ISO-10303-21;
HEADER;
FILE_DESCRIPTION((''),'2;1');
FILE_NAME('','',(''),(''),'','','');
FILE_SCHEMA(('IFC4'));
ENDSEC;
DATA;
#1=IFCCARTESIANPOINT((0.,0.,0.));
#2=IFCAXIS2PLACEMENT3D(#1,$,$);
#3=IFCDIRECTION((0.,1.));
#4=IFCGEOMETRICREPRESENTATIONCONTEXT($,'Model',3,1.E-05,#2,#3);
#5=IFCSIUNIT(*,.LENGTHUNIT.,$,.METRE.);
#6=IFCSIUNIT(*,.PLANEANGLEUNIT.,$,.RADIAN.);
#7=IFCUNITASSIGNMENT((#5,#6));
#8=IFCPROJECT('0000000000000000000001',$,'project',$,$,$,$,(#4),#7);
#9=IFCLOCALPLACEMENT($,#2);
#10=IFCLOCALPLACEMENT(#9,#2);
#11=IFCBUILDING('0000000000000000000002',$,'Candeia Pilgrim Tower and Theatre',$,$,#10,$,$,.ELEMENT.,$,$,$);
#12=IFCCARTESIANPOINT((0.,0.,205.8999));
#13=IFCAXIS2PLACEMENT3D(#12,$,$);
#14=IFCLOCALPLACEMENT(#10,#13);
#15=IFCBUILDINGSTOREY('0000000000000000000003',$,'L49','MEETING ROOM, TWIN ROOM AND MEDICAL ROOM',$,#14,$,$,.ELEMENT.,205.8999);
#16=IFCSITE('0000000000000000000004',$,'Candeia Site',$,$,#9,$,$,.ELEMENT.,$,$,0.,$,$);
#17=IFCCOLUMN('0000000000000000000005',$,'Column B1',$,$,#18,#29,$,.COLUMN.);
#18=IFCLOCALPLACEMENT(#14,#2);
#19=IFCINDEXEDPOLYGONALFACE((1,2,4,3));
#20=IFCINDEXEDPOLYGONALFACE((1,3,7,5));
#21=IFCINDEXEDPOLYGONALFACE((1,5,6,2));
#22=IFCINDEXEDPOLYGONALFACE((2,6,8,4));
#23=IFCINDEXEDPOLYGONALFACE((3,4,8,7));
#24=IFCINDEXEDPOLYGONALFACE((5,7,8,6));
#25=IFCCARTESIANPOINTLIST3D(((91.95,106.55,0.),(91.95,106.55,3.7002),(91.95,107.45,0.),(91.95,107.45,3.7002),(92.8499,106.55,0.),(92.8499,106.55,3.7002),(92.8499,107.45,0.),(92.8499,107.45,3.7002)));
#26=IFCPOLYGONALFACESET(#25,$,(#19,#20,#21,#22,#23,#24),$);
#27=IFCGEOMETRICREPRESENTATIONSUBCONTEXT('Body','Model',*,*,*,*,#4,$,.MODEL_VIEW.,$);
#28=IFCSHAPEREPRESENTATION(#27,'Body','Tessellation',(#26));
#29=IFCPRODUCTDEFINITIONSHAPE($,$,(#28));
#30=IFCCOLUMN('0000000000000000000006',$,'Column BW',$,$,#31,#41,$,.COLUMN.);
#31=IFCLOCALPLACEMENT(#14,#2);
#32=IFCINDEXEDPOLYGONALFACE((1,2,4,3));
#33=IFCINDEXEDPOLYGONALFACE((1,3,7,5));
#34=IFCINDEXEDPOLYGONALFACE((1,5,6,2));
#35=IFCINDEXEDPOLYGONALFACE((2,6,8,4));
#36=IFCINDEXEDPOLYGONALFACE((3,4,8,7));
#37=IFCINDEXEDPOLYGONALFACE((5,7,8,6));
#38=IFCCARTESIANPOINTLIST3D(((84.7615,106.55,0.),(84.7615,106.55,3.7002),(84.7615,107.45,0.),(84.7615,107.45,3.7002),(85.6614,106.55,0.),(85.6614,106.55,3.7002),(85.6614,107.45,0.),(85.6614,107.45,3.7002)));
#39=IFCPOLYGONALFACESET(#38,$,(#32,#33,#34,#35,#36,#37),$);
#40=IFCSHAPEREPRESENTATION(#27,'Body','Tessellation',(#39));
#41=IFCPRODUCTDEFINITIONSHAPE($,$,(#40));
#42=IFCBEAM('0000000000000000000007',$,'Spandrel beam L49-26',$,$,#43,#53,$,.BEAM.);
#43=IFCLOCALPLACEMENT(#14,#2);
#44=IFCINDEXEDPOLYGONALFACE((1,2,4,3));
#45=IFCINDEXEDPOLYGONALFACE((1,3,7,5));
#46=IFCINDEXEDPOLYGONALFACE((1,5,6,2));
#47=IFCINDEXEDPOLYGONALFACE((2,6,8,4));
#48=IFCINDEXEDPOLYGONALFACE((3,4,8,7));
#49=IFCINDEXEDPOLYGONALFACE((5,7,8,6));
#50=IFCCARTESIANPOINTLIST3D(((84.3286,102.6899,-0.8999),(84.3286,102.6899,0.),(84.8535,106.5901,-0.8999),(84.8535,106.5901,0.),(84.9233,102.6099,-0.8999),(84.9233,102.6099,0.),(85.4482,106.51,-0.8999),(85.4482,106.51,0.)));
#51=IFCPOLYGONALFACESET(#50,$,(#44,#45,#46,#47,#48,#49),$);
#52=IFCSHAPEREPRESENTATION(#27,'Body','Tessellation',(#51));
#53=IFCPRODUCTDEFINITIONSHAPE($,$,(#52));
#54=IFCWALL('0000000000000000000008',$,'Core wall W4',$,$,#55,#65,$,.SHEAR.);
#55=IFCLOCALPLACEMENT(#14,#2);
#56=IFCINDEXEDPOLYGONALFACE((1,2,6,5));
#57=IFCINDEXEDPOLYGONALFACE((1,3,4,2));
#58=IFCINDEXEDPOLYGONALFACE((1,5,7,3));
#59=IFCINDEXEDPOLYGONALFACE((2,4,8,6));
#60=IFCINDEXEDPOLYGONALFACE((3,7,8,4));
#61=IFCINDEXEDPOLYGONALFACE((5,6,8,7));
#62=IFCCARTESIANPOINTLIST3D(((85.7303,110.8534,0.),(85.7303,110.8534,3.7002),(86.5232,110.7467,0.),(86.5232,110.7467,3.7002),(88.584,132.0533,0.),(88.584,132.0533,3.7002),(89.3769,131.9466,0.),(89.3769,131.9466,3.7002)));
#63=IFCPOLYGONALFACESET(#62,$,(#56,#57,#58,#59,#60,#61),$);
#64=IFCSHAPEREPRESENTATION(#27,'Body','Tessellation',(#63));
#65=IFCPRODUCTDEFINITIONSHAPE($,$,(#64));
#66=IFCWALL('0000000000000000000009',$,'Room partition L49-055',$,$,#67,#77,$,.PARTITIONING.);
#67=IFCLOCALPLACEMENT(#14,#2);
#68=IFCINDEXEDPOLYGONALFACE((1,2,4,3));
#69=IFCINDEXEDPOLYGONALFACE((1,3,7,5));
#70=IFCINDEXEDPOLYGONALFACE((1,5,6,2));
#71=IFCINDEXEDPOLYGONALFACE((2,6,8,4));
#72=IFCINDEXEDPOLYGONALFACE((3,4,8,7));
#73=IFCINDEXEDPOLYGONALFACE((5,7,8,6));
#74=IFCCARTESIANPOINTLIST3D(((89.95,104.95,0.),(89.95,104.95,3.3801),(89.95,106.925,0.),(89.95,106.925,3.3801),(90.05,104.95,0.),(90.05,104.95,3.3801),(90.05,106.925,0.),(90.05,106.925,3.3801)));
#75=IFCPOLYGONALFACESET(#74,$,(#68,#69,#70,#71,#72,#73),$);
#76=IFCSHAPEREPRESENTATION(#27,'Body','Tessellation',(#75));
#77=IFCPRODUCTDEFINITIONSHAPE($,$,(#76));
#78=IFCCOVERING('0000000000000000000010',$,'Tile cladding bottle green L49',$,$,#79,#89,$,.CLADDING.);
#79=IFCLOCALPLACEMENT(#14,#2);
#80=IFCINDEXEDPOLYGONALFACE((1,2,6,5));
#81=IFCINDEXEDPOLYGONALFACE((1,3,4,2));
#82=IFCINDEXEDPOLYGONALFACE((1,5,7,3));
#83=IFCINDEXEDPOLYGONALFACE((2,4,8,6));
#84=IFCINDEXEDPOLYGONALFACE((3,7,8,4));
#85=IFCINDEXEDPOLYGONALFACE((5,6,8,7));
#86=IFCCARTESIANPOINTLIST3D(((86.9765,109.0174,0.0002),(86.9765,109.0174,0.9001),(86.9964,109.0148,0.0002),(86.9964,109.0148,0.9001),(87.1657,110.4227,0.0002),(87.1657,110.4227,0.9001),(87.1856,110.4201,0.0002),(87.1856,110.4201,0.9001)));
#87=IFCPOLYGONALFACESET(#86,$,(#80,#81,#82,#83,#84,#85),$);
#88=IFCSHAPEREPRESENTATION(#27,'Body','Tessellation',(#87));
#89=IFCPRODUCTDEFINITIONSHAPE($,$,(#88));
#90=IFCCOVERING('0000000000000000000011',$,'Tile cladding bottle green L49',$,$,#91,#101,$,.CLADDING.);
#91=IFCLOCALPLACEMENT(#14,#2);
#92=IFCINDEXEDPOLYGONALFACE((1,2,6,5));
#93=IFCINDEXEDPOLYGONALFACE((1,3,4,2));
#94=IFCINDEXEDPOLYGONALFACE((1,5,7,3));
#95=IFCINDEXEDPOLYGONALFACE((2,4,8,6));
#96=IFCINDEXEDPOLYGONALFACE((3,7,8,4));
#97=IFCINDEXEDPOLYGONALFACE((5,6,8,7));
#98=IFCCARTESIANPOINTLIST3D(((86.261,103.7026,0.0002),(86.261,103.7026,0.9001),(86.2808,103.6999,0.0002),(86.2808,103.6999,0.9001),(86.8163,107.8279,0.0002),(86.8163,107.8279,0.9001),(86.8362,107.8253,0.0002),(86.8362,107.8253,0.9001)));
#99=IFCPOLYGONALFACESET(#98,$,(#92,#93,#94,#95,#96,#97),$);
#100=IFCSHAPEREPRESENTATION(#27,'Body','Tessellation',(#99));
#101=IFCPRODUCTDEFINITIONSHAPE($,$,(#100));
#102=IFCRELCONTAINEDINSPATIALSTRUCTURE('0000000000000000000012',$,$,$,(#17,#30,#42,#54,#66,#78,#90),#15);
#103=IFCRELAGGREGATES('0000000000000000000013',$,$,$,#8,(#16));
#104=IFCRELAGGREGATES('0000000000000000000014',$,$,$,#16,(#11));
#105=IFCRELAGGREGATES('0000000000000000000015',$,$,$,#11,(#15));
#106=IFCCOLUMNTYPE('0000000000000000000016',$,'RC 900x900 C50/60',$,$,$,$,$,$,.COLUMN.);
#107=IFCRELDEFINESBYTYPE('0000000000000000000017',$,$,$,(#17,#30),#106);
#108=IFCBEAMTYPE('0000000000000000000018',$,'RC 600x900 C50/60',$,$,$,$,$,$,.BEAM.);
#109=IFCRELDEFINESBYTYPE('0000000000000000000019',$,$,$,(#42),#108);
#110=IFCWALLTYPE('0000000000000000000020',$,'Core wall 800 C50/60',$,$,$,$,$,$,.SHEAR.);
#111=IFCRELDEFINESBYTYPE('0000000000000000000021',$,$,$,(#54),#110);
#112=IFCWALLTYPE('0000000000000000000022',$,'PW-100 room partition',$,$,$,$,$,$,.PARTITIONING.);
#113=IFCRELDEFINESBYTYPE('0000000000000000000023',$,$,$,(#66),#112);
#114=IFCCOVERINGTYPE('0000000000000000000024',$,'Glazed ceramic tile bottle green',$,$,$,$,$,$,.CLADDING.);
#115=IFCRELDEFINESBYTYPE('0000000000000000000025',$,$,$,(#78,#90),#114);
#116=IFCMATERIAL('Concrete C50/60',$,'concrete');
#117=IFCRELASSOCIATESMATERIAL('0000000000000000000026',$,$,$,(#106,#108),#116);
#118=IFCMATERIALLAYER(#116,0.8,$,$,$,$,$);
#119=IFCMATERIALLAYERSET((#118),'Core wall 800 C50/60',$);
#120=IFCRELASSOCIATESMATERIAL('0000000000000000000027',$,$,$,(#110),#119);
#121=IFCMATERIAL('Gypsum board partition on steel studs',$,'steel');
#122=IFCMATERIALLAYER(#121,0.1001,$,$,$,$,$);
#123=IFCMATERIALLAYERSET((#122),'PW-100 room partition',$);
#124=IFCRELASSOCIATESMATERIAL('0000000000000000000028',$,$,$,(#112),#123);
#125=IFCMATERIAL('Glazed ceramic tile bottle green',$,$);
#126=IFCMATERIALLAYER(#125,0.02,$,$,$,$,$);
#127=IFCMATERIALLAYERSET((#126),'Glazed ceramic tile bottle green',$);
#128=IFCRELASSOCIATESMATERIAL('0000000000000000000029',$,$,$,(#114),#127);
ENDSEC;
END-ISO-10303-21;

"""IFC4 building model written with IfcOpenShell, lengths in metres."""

from ifc_helpers import new_model, si_unit, direction, frame, frame_2d, origin, origin_2d, place, context, subcontext, project, spatial, rectangle, extrude, material, layer, layer_set, material_profile, profile_set, type_object, element, save


model = new_model("IFC4")

# Units and contexts
model_context = context("Model", 3, precision=1e-05, world=origin(), true_north=direction((0.0, 1.0)))
body_context = subcontext(model_context, "Body", "Model", "MODEL_VIEW")
ifc_project = project(units=[si_unit("LENGTHUNIT", "METRE"), si_unit("PLANEANGLEUNIT", "RADIAN")], contexts=[model_context])

# Site, building, storey
site_placement = place(None, origin())
site = spatial("IfcSite", under=ifc_project, at=site_placement, Name="Candeia Site", CompositionType="ELEMENT", RefElevation=0.0)
building_placement = place(site_placement, origin())
building = spatial("IfcBuilding", under=site, at=building_placement, Name="Candeia Pilgrim Tower and Theatre", CompositionType="ELEMENT")
storey_placement = place(building_placement, frame((0.0, 0.0, 205.8999)))
storey = spatial("IfcBuildingStorey", under=building, at=storey_placement, Name="L49", Description="MEETING ROOM, TWIN ROOM AND MEDICAL ROOM", CompositionType="ELEMENT", Elevation=205.8999)

# Columns
ifc_material_1 = material(Name="Concrete C50/60", Category="concrete")
ifc_material_profile_1 = material_profile(ifc_material_1, rectangle(XDim=0.8999, YDim=0.8999, at=origin_2d()))
ifc_profile_set_1 = profile_set([ifc_material_profile_1], Name="Concrete C50/60")
column_type = type_object("IfcColumnType", Name="RC 900x900 C50/60", PredefinedType="COLUMN", material=ifc_profile_set_1)
for number, where, z_axis, x_axis, name in (
    (1, (92.3999, 107.0, 0.0), (0.0, 0.0, 1.0), (1.0, 0.0, 0.0), "Column B1"),
    (2, (85.2114, 107.0, 0.0), (0.0, 0.0, 1.0), (1.0, 0.0, 0.0), "Column BW"),
):
    element("IfcColumn", number, at=place(storey_placement, frame(where, z_axis=z_axis, x_axis=x_axis)), inside=storey, type_object=column_type, Name=name, PredefinedType="COLUMN", context=body_context, shape_type="SweptSolid", body=[
        extrude(rectangle(XDim=0.8999, YDim=0.8999, at=origin_2d()), origin(), (0.0, 0.0, 1.0), 3.7002),
    ])

# Beam
ifc_material_profile_2 = material_profile(ifc_material_1, rectangle(XDim=0.6001, YDim=0.8999, at=origin_2d()))
ifc_profile_set_2 = profile_set([ifc_material_profile_2], Name="Concrete C50/60")
beam_type = type_object("IfcBeamType", Name="RC 600x900 C50/60", PredefinedType="BEAM", material=ifc_profile_set_2)
beam_placement = place(storey_placement, frame((85.1509, 106.55, -0.45), z_axis=(-0.133383, -0.991065, 0.0), x_axis=(0.991065, -0.133383, 0.0)))
element("IfcBeam", 3, at=beam_placement, inside=storey, type_object=beam_type, Name="Spandrel beam L49-26", PredefinedType="BEAM", context=body_context, shape_type="SweptSolid", body=[
    extrude(rectangle(XDim=0.6001, YDim=0.8999, at=origin_2d()), origin(), (0.0, 0.0, 1.0), 3.9353),
])

# Wall
ifc_layer_1 = layer(ifc_material_1, 0.8)
ifc_layer_set_1 = layer_set([ifc_layer_1], Name="Core wall 800 C50/60")
wall_type_1 = type_object("IfcWallType", Name="Core wall 800 C50/60", PredefinedType="SHEAR", material=ifc_layer_set_1)
wall_1_placement = place(storey_placement, frame((86.1267, 110.8, 0.0), z_axis=(0.0, 0.0, 1.0), x_axis=(0.133408, 0.991061, 0.0)))
element("IfcWall", 4, at=wall_1_placement, inside=storey, type_object=wall_type_1, Name="Core wall W4", PredefinedType="SHEAR", context=body_context, shape_type="SweptSolid", body=[
    extrude(rectangle(XDim=21.3911, YDim=0.8, at=frame_2d((10.6956, 0.0))), origin(), (0.0, 0.0, 1.0), 3.7002),
])

# Wall
ifc_material_2 = material(Name="Gypsum board partition on steel studs", Category="steel")
ifc_layer_2 = layer(ifc_material_2, 0.1001)
ifc_layer_set_2 = layer_set([ifc_layer_2], Name="PW-100 room partition")
wall_type_2 = type_object("IfcWallType", Name="PW-100 room partition", PredefinedType="PARTITIONING", material=ifc_layer_set_2)
wall_2_placement = place(storey_placement, frame((90.0, 104.95, 0.0), z_axis=(0.0, 0.0, 1.0), x_axis=(0.0, 1.0, 0.0)))
element("IfcWall", 5, at=wall_2_placement, inside=storey, type_object=wall_type_2, Name="Room partition L49-055", PredefinedType="PARTITIONING", context=body_context, shape_type="SweptSolid", body=[
    extrude(rectangle(XDim=1.9751, YDim=0.1001, at=frame_2d((0.9875, 0.0))), origin(), (0.0, 0.0, 1.0), 3.3801),
])

# Coverings
ifc_material_3 = material(Name="Glazed ceramic tile bottle green")
ifc_layer_3 = layer(ifc_material_3, 0.02)
ifc_layer_set_3 = layer_set([ifc_layer_3], Name="Glazed ceramic tile bottle green")
covering_type = type_object("IfcCoveringType", Name="Glazed ceramic tile bottle green", PredefinedType="CLADDING", material=ifc_layer_set_3)
covering_1_placement = place(storey_placement, frame((87.0811, 109.7188, 0.0002), z_axis=(0.0, 0.0, 1.0), x_axis=(-0.133412, -0.991061, 0.0)))
element("IfcCovering", 6, at=covering_1_placement, inside=storey, type_object=covering_type, Name="Tile cladding bottle green L49", PredefinedType="CLADDING", context=body_context, shape_type="SweptSolid", body=[
    extrude(rectangle(XDim=1.418, YDim=0.02, at=origin_2d()), origin(), (0.0, 0.0, 1.0), 0.8999),
])
covering_2_placement = place(storey_placement, frame((86.5486, 105.7639, 0.0002), z_axis=(0.0, 0.0, 1.0), x_axis=(-0.133412, -0.991061, 0.0)))
element("IfcCovering", 7, at=covering_2_placement, inside=storey, type_object=covering_type, Name="Tile cladding bottle green L49", PredefinedType="CLADDING", context=body_context, shape_type="SweptSolid", body=[
    extrude(rectangle(XDim=4.1626, YDim=0.02, at=origin_2d()), origin(), (0.0, 0.0, 1.0), 0.8999),
])

save(model, "model.ifc")
